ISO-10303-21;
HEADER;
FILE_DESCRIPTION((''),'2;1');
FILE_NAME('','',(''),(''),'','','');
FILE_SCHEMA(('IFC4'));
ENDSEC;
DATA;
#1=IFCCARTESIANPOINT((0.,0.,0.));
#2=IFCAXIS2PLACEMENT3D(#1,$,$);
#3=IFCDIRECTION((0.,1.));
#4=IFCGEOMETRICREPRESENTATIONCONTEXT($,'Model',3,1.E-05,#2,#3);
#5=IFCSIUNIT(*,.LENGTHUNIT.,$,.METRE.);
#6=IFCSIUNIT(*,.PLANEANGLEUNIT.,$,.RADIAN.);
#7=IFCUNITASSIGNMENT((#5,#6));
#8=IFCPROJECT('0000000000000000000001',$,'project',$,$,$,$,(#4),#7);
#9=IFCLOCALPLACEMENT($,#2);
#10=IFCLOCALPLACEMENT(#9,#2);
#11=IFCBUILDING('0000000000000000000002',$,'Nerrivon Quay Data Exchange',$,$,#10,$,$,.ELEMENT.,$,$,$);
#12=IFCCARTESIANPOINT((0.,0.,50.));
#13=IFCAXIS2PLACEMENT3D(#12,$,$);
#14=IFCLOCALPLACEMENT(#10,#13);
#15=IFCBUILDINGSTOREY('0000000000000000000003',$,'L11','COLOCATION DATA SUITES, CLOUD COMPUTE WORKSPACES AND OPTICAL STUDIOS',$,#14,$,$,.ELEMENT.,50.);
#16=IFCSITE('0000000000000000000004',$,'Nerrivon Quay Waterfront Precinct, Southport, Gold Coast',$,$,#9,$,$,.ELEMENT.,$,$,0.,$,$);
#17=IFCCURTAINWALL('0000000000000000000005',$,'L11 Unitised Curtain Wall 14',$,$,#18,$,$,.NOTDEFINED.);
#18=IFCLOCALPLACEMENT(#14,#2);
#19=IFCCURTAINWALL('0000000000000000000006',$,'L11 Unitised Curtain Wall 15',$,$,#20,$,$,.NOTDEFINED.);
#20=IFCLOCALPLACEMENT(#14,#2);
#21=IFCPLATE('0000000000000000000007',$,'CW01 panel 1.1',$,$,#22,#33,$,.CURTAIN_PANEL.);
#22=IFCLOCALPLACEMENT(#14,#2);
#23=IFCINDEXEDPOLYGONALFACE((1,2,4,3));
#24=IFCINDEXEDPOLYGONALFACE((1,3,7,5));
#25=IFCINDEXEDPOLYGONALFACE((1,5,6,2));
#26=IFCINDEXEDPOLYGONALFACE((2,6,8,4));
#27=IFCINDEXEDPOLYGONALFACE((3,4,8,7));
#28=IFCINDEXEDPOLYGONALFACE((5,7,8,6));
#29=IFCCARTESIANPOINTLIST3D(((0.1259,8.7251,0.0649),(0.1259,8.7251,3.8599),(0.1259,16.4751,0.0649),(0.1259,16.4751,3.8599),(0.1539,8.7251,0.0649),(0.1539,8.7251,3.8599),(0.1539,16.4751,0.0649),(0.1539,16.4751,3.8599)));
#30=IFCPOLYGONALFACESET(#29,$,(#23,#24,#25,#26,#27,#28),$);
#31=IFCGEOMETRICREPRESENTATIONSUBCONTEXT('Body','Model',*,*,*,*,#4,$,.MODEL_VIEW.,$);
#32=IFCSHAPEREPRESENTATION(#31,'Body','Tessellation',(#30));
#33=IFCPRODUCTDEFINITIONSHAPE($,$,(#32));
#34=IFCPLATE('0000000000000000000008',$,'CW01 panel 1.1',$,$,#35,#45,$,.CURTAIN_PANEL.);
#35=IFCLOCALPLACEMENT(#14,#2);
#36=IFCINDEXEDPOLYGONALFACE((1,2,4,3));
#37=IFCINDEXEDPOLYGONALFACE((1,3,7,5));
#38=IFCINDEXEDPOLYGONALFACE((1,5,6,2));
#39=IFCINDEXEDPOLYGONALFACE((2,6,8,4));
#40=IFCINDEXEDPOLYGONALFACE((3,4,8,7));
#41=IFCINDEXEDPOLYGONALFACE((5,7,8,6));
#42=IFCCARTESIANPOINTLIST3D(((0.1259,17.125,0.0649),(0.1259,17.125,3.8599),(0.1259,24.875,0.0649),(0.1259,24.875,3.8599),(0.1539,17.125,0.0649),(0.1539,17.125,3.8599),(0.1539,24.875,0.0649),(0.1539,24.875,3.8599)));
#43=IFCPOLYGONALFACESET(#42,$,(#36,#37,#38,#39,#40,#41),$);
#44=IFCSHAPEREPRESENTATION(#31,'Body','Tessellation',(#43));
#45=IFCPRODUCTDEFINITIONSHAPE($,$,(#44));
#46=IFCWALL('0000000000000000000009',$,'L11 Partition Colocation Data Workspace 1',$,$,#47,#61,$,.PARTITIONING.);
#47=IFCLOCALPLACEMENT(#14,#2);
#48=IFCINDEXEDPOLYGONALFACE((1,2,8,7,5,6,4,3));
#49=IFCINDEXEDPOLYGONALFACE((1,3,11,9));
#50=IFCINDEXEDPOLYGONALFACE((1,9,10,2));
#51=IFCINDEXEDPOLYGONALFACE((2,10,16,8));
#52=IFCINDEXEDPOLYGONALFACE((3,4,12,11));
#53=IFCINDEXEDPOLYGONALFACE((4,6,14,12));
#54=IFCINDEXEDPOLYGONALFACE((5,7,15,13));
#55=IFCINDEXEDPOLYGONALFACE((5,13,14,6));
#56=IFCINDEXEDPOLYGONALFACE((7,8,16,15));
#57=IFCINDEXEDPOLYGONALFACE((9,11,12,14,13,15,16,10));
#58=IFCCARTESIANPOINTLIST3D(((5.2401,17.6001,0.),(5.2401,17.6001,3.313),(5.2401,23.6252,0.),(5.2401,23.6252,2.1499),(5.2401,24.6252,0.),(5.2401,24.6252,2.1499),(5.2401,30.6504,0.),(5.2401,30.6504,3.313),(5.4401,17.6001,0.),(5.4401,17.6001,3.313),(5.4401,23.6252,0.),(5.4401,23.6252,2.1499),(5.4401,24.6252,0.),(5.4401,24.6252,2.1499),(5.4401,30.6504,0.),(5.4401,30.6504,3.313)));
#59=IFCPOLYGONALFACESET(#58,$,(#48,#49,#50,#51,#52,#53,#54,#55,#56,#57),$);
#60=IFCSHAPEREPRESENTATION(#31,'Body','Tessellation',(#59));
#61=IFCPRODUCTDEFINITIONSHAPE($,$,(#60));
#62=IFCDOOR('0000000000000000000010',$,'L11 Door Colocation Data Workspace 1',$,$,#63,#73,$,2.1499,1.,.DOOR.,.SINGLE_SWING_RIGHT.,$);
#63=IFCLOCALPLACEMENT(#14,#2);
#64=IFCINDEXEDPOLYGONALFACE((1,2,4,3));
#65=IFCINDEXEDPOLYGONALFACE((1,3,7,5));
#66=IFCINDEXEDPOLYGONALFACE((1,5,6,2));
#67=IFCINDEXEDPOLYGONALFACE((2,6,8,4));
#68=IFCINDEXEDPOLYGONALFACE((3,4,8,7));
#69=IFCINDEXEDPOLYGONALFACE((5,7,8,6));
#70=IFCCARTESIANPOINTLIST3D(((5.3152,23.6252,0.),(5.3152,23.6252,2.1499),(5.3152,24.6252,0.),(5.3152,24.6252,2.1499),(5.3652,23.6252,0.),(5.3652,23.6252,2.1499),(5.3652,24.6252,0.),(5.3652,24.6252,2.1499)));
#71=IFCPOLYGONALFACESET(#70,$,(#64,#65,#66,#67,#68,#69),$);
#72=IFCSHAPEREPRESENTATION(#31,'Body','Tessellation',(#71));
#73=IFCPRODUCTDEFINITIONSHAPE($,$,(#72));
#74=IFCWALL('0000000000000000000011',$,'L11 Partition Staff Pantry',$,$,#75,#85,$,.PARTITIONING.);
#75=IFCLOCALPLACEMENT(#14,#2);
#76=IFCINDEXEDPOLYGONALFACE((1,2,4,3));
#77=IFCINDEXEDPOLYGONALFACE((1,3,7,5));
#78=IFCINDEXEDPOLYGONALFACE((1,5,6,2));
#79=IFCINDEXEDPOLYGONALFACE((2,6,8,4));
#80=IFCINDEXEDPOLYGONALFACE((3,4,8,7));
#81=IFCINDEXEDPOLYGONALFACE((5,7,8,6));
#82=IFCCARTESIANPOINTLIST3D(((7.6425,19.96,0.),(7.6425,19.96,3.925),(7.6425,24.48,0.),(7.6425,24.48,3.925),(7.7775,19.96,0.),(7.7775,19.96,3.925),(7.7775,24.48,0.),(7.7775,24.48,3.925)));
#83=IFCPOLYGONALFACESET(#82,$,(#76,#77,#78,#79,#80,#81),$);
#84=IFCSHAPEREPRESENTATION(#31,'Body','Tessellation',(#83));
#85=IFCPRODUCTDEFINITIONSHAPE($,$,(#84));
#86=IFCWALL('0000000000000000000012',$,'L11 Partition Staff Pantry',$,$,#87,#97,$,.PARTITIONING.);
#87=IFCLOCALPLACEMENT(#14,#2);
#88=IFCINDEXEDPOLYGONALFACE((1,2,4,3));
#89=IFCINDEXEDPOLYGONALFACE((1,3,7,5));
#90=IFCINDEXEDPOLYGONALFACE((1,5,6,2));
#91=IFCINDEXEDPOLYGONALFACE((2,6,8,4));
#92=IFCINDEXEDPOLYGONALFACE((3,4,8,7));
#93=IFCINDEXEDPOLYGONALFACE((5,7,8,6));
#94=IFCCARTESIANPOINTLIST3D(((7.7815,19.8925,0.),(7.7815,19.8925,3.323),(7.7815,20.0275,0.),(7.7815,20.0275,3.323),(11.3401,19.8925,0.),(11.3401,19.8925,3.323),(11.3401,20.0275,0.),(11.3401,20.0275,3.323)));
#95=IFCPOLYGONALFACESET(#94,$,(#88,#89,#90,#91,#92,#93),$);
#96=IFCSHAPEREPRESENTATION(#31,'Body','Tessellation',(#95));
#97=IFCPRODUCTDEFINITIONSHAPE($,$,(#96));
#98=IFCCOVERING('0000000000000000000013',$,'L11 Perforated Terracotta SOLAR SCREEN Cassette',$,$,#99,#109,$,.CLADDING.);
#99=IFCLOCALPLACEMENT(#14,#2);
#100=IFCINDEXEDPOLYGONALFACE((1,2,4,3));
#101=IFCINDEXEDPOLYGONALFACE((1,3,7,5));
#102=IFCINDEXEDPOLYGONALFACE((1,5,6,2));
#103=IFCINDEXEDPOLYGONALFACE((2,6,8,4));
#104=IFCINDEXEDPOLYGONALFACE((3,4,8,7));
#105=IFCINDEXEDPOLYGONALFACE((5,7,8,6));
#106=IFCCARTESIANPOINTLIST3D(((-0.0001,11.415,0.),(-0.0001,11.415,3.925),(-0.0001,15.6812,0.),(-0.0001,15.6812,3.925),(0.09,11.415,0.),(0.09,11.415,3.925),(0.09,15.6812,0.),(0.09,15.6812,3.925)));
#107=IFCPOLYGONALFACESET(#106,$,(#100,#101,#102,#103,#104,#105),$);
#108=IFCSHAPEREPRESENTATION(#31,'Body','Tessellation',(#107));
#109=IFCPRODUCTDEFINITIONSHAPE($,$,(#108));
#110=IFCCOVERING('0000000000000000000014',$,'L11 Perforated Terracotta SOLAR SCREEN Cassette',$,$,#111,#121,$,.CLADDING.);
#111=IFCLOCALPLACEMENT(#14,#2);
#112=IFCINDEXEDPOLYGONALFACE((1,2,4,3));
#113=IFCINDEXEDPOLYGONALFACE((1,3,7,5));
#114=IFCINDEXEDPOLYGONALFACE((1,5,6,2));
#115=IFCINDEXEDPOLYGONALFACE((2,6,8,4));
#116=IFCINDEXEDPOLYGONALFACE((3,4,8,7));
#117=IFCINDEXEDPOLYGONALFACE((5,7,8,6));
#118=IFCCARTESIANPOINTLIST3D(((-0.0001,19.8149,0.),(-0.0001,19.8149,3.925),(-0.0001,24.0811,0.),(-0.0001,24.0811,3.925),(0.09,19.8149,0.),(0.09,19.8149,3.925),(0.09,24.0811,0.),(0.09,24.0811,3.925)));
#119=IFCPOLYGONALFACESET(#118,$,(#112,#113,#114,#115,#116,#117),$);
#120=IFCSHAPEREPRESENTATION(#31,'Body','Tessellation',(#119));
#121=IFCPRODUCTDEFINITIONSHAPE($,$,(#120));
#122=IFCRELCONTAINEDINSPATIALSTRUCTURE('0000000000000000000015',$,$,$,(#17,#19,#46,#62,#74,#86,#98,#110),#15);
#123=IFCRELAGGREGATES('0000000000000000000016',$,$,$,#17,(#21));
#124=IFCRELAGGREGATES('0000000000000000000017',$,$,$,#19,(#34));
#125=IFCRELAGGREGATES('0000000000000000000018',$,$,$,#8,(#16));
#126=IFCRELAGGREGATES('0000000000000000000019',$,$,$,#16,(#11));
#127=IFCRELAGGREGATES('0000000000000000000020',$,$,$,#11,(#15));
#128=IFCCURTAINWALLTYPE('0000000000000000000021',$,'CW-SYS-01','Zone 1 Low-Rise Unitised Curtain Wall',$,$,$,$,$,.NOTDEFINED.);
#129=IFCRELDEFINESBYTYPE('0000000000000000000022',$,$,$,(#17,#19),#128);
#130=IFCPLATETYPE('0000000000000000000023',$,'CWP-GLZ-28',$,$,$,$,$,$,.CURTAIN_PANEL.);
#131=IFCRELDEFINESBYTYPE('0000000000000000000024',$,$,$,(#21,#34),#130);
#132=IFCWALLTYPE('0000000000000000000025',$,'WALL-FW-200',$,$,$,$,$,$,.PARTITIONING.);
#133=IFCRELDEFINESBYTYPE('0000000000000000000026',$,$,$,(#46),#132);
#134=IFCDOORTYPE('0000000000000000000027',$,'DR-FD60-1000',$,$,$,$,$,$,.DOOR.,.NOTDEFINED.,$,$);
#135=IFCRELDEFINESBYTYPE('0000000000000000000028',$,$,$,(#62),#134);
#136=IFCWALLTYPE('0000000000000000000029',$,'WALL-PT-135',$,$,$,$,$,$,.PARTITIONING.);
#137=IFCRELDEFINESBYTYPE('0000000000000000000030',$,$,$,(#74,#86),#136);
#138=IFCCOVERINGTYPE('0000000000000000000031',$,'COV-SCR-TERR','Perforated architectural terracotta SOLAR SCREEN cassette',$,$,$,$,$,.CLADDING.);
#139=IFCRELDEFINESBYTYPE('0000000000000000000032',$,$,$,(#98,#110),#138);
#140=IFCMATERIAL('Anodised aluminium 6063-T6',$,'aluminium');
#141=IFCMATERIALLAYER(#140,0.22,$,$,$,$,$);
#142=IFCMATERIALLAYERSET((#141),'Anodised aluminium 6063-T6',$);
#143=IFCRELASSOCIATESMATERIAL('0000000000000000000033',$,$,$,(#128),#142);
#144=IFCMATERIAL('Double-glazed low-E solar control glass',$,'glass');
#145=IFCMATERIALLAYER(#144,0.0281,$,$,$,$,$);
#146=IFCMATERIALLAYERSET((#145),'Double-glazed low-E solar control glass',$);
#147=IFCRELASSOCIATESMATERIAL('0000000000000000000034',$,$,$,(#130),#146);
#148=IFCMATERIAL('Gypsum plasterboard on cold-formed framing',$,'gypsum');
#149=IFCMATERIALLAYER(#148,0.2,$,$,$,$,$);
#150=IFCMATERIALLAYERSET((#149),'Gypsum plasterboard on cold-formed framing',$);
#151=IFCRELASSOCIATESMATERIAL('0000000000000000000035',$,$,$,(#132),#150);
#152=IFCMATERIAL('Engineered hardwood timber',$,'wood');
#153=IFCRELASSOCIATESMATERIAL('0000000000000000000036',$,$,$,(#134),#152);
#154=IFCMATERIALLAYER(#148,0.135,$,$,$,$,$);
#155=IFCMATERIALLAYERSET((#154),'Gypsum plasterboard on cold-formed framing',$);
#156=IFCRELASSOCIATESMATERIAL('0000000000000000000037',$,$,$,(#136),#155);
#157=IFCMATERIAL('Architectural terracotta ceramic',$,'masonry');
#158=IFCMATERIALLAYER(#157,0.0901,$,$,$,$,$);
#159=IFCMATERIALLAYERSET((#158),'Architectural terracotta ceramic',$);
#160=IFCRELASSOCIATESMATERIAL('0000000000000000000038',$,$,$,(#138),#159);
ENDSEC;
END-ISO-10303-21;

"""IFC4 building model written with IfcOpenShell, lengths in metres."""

from ifc_helpers import new_model, si_unit, direction, frame, frame_2d, origin, origin_2d, place, context, subcontext, project, spatial, rectangle, extrude, material, layer, layer_set, type_object, element, fill, aggregate, save


model = new_model("IFC4")

# Units and contexts
model_context = context("Model", 3, precision=1e-05, world=origin(), true_north=direction((0.0, 1.0)))
body_context = subcontext(model_context, "Body", "Model", "MODEL_VIEW")
ifc_project = project(units=[si_unit("LENGTHUNIT", "METRE"), si_unit("PLANEANGLEUNIT", "RADIAN")], contexts=[model_context])

# Site, building, storey
site_placement = place(None, origin())
site = spatial("IfcSite", under=ifc_project, at=site_placement, Name="Nerrivon Quay Waterfront Precinct, Southport, Gold Coast", CompositionType="ELEMENT", RefElevation=0.0)
building_placement = place(site_placement, origin())
building = spatial("IfcBuilding", under=site, at=building_placement, Name="Nerrivon Quay Data Exchange", CompositionType="ELEMENT")
storey_placement = place(building_placement, frame((0.0, 0.0, 50.0)))
storey = spatial("IfcBuildingStorey", under=building, at=storey_placement, Name="L11", Description="COLOCATION DATA SUITES, CLOUD COMPUTE WORKSPACES AND OPTICAL STUDIOS", CompositionType="ELEMENT", Elevation=50.0)

# Curtain walls
ifc_material_1 = material(Name="Anodised aluminium 6063-T6", Category="aluminium")
ifc_layer_1 = layer(ifc_material_1, 0.22)
ifc_layer_set_1 = layer_set([ifc_layer_1], Name="Anodised aluminium 6063-T6")
curtain_wall_type = type_object("IfcCurtainWallType", Name="CW-SYS-01", Description="Zone 1 Low-Rise Unitised Curtain Wall", PredefinedType="NOTDEFINED", material=ifc_layer_set_1)
curtain_wall_1_placement = place(storey_placement, origin())
curtain_wall_1 = element("IfcCurtainWall", 1, at=curtain_wall_1_placement, inside=storey, type_object=curtain_wall_type, Name="L11 Unitised Curtain Wall 14", PredefinedType="NOTDEFINED")
curtain_wall_2_placement = place(storey_placement, origin())
curtain_wall_2 = element("IfcCurtainWall", 2, at=curtain_wall_2_placement, inside=storey, type_object=curtain_wall_type, Name="L11 Unitised Curtain Wall 15", PredefinedType="NOTDEFINED")

# Plates
ifc_material_2 = material(Name="Double-glazed low-E solar control glass", Category="glass")
ifc_layer_2 = layer(ifc_material_2, 0.0281)
ifc_layer_set_2 = layer_set([ifc_layer_2], Name="Double-glazed low-E solar control glass")
plate_type = type_object("IfcPlateType", Name="CWP-GLZ-28", PredefinedType="CURTAIN_PANEL", material=ifc_layer_set_2)
plate_1_placement = place(storey_placement, frame((0.1399, 12.6001, 0.0649), z_axis=(0.0, 0.0, 1.0), x_axis=(0.0, 1.0, 0.0)))
plate_1 = element("IfcPlate", 3, at=plate_1_placement, type_object=plate_type, Name="CW01 panel 1.1", PredefinedType="CURTAIN_PANEL", context=body_context, shape_type="SweptSolid", body=[
    extrude(rectangle(XDim=7.75, YDim=0.0281, at=origin_2d()), origin(), (0.0, 0.0, 1.0), 3.7949),
])
aggregate(curtain_wall_1, [plate_1])
plate_2_placement = place(storey_placement, frame((0.1399, 21.0, 0.0649), z_axis=(0.0, 0.0, 1.0), x_axis=(0.0, 1.0, 0.0)))
plate_2 = element("IfcPlate", 4, at=plate_2_placement, type_object=plate_type, Name="CW01 panel 1.1", PredefinedType="CURTAIN_PANEL", context=body_context, shape_type="SweptSolid", body=[
    extrude(rectangle(XDim=7.75, YDim=0.0281, at=origin_2d()), origin(), (0.0, 0.0, 1.0), 3.7949),
])
aggregate(curtain_wall_2, [plate_2])

# Wall, opening, door
ifc_material_3 = material(Name="Gypsum plasterboard on cold-formed framing", Category="gypsum")
ifc_layer_3 = layer(ifc_material_3, 0.2)
ifc_layer_set_3 = layer_set([ifc_layer_3], Name="Gypsum plasterboard on cold-formed framing")
wall_type_1 = type_object("IfcWallType", Name="WALL-FW-200", PredefinedType="PARTITIONING", material=ifc_layer_set_3)
wall_1_placement = place(storey_placement, frame((5.3401, 17.6001, 0.0), z_axis=(0.0, 0.0, 1.0), x_axis=(0.0, 1.0, 0.0)))
wall_1 = element("IfcWall", 5, at=wall_1_placement, inside=storey, type_object=wall_type_1, Name="L11 Partition Colocation Data Workspace 1", PredefinedType="PARTITIONING", context=body_context, shape_type="SweptSolid", body=[
    extrude(rectangle(XDim=13.0503, YDim=0.2, at=frame_2d((6.5251, 0.0))), origin(), (0.0, 0.0, 1.0), 3.313),
])
opening_placement = place(wall_1_placement, frame((6.0251, 0.0, 0.0)))
opening = element("IfcOpeningElement", 6, at=opening_placement, cuts=wall_1, PredefinedType="OPENING", context=body_context, shape_type="SweptSolid", body=[
    extrude(rectangle(XDim=1.0, YDim=2.1499, at=frame_2d((0.5, 1.075))), frame((0.0, 0.1099, 0.0), z_axis=(0.0, -1.0, 0.0), x_axis=(1.0, 0.0, 0.0)), (0.0, 0.0, 1.0), 0.22),
])
ifc_material_4 = material(Name="Engineered hardwood timber", Category="wood")
door_type = type_object("IfcDoorType", Name="DR-FD60-1000", OperationType="NOTDEFINED", PredefinedType="DOOR", material=ifc_material_4)
door_placement = place(opening_placement, origin())
door = element("IfcDoor", 7, at=door_placement, inside=storey, type_object=door_type, Name="L11 Door Colocation Data Workspace 1", OperationType="SINGLE_SWING_RIGHT", OverallHeight=2.1499, OverallWidth=1.0, PredefinedType="DOOR", context=body_context, shape_type="SweptSolid", body=[
    extrude(rectangle(XDim=1.0, YDim=2.1499, at=frame_2d((0.5, 1.075))), frame((0.0, 0.0249, 0.0), z_axis=(0.0, -1.0, 0.0), x_axis=(1.0, 0.0, 0.0)), (0.0, 0.0, 1.0), 0.05),
])
fill(opening, door)

# Walls
ifc_layer_4 = layer(ifc_material_3, 0.135)
ifc_layer_set_4 = layer_set([ifc_layer_4], Name="Gypsum plasterboard on cold-formed framing")
wall_type_2 = type_object("IfcWallType", Name="WALL-PT-135", PredefinedType="PARTITIONING", material=ifc_layer_set_4)
wall_2_placement = place(storey_placement, frame((7.71, 24.48, 0.0), z_axis=(0.0, 0.0, 1.0), x_axis=(0.0, -1.0, 0.0)))
element("IfcWall", 8, at=wall_2_placement, inside=storey, type_object=wall_type_2, Name="L11 Partition Staff Pantry", PredefinedType="PARTITIONING", context=body_context, shape_type="SweptSolid", body=[
    extrude(rectangle(XDim=4.52, YDim=0.135, at=frame_2d((2.26, 0.0))), origin(), (0.0, 0.0, 1.0), 3.925),
])
wall_3_placement = place(storey_placement, frame((7.7815, 19.96, 0.0), z_axis=(0.0, 0.0, 1.0), x_axis=(1.0, 0.0, 0.0)))
element("IfcWall", 9, at=wall_3_placement, inside=storey, type_object=wall_type_2, Name="L11 Partition Staff Pantry", PredefinedType="PARTITIONING", context=body_context, shape_type="SweptSolid", body=[
    extrude(rectangle(XDim=3.5586, YDim=0.135, at=frame_2d((1.7793, 0.0))), origin(), (0.0, 0.0, 1.0), 3.323),
])

# Coverings
ifc_material_5 = material(Name="Architectural terracotta ceramic", Category="masonry")
ifc_layer_5 = layer(ifc_material_5, 0.0901)
ifc_layer_set_5 = layer_set([ifc_layer_5], Name="Architectural terracotta ceramic")
covering_type = type_object("IfcCoveringType", Name="COV-SCR-TERR", Description="Perforated architectural terracotta SOLAR SCREEN cassette", PredefinedType="CLADDING", material=ifc_layer_set_5)
for number, where, z_axis, x_axis, name in (
    (10, (0.0449, 13.5481, 0.0), (0.0, 0.0, 1.0), (0.0, 1.0, 0.0), "L11 Perforated Terracotta SOLAR SCREEN Cassette"),
    (11, (0.0449, 21.948, 0.0), (0.0, 0.0, 1.0), (0.0, 1.0, 0.0), "L11 Perforated Terracotta SOLAR SCREEN Cassette"),
):
    element("IfcCovering", number, at=place(storey_placement, frame(where, z_axis=z_axis, x_axis=x_axis)), inside=storey, type_object=covering_type, Name=name, PredefinedType="CLADDING", context=body_context, shape_type="SweptSolid", body=[
        extrude(rectangle(XDim=4.2661, YDim=0.0901, at=origin_2d()), origin(), (0.0, 0.0, 1.0), 3.925),
    ])

save(model, "model.ifc")
